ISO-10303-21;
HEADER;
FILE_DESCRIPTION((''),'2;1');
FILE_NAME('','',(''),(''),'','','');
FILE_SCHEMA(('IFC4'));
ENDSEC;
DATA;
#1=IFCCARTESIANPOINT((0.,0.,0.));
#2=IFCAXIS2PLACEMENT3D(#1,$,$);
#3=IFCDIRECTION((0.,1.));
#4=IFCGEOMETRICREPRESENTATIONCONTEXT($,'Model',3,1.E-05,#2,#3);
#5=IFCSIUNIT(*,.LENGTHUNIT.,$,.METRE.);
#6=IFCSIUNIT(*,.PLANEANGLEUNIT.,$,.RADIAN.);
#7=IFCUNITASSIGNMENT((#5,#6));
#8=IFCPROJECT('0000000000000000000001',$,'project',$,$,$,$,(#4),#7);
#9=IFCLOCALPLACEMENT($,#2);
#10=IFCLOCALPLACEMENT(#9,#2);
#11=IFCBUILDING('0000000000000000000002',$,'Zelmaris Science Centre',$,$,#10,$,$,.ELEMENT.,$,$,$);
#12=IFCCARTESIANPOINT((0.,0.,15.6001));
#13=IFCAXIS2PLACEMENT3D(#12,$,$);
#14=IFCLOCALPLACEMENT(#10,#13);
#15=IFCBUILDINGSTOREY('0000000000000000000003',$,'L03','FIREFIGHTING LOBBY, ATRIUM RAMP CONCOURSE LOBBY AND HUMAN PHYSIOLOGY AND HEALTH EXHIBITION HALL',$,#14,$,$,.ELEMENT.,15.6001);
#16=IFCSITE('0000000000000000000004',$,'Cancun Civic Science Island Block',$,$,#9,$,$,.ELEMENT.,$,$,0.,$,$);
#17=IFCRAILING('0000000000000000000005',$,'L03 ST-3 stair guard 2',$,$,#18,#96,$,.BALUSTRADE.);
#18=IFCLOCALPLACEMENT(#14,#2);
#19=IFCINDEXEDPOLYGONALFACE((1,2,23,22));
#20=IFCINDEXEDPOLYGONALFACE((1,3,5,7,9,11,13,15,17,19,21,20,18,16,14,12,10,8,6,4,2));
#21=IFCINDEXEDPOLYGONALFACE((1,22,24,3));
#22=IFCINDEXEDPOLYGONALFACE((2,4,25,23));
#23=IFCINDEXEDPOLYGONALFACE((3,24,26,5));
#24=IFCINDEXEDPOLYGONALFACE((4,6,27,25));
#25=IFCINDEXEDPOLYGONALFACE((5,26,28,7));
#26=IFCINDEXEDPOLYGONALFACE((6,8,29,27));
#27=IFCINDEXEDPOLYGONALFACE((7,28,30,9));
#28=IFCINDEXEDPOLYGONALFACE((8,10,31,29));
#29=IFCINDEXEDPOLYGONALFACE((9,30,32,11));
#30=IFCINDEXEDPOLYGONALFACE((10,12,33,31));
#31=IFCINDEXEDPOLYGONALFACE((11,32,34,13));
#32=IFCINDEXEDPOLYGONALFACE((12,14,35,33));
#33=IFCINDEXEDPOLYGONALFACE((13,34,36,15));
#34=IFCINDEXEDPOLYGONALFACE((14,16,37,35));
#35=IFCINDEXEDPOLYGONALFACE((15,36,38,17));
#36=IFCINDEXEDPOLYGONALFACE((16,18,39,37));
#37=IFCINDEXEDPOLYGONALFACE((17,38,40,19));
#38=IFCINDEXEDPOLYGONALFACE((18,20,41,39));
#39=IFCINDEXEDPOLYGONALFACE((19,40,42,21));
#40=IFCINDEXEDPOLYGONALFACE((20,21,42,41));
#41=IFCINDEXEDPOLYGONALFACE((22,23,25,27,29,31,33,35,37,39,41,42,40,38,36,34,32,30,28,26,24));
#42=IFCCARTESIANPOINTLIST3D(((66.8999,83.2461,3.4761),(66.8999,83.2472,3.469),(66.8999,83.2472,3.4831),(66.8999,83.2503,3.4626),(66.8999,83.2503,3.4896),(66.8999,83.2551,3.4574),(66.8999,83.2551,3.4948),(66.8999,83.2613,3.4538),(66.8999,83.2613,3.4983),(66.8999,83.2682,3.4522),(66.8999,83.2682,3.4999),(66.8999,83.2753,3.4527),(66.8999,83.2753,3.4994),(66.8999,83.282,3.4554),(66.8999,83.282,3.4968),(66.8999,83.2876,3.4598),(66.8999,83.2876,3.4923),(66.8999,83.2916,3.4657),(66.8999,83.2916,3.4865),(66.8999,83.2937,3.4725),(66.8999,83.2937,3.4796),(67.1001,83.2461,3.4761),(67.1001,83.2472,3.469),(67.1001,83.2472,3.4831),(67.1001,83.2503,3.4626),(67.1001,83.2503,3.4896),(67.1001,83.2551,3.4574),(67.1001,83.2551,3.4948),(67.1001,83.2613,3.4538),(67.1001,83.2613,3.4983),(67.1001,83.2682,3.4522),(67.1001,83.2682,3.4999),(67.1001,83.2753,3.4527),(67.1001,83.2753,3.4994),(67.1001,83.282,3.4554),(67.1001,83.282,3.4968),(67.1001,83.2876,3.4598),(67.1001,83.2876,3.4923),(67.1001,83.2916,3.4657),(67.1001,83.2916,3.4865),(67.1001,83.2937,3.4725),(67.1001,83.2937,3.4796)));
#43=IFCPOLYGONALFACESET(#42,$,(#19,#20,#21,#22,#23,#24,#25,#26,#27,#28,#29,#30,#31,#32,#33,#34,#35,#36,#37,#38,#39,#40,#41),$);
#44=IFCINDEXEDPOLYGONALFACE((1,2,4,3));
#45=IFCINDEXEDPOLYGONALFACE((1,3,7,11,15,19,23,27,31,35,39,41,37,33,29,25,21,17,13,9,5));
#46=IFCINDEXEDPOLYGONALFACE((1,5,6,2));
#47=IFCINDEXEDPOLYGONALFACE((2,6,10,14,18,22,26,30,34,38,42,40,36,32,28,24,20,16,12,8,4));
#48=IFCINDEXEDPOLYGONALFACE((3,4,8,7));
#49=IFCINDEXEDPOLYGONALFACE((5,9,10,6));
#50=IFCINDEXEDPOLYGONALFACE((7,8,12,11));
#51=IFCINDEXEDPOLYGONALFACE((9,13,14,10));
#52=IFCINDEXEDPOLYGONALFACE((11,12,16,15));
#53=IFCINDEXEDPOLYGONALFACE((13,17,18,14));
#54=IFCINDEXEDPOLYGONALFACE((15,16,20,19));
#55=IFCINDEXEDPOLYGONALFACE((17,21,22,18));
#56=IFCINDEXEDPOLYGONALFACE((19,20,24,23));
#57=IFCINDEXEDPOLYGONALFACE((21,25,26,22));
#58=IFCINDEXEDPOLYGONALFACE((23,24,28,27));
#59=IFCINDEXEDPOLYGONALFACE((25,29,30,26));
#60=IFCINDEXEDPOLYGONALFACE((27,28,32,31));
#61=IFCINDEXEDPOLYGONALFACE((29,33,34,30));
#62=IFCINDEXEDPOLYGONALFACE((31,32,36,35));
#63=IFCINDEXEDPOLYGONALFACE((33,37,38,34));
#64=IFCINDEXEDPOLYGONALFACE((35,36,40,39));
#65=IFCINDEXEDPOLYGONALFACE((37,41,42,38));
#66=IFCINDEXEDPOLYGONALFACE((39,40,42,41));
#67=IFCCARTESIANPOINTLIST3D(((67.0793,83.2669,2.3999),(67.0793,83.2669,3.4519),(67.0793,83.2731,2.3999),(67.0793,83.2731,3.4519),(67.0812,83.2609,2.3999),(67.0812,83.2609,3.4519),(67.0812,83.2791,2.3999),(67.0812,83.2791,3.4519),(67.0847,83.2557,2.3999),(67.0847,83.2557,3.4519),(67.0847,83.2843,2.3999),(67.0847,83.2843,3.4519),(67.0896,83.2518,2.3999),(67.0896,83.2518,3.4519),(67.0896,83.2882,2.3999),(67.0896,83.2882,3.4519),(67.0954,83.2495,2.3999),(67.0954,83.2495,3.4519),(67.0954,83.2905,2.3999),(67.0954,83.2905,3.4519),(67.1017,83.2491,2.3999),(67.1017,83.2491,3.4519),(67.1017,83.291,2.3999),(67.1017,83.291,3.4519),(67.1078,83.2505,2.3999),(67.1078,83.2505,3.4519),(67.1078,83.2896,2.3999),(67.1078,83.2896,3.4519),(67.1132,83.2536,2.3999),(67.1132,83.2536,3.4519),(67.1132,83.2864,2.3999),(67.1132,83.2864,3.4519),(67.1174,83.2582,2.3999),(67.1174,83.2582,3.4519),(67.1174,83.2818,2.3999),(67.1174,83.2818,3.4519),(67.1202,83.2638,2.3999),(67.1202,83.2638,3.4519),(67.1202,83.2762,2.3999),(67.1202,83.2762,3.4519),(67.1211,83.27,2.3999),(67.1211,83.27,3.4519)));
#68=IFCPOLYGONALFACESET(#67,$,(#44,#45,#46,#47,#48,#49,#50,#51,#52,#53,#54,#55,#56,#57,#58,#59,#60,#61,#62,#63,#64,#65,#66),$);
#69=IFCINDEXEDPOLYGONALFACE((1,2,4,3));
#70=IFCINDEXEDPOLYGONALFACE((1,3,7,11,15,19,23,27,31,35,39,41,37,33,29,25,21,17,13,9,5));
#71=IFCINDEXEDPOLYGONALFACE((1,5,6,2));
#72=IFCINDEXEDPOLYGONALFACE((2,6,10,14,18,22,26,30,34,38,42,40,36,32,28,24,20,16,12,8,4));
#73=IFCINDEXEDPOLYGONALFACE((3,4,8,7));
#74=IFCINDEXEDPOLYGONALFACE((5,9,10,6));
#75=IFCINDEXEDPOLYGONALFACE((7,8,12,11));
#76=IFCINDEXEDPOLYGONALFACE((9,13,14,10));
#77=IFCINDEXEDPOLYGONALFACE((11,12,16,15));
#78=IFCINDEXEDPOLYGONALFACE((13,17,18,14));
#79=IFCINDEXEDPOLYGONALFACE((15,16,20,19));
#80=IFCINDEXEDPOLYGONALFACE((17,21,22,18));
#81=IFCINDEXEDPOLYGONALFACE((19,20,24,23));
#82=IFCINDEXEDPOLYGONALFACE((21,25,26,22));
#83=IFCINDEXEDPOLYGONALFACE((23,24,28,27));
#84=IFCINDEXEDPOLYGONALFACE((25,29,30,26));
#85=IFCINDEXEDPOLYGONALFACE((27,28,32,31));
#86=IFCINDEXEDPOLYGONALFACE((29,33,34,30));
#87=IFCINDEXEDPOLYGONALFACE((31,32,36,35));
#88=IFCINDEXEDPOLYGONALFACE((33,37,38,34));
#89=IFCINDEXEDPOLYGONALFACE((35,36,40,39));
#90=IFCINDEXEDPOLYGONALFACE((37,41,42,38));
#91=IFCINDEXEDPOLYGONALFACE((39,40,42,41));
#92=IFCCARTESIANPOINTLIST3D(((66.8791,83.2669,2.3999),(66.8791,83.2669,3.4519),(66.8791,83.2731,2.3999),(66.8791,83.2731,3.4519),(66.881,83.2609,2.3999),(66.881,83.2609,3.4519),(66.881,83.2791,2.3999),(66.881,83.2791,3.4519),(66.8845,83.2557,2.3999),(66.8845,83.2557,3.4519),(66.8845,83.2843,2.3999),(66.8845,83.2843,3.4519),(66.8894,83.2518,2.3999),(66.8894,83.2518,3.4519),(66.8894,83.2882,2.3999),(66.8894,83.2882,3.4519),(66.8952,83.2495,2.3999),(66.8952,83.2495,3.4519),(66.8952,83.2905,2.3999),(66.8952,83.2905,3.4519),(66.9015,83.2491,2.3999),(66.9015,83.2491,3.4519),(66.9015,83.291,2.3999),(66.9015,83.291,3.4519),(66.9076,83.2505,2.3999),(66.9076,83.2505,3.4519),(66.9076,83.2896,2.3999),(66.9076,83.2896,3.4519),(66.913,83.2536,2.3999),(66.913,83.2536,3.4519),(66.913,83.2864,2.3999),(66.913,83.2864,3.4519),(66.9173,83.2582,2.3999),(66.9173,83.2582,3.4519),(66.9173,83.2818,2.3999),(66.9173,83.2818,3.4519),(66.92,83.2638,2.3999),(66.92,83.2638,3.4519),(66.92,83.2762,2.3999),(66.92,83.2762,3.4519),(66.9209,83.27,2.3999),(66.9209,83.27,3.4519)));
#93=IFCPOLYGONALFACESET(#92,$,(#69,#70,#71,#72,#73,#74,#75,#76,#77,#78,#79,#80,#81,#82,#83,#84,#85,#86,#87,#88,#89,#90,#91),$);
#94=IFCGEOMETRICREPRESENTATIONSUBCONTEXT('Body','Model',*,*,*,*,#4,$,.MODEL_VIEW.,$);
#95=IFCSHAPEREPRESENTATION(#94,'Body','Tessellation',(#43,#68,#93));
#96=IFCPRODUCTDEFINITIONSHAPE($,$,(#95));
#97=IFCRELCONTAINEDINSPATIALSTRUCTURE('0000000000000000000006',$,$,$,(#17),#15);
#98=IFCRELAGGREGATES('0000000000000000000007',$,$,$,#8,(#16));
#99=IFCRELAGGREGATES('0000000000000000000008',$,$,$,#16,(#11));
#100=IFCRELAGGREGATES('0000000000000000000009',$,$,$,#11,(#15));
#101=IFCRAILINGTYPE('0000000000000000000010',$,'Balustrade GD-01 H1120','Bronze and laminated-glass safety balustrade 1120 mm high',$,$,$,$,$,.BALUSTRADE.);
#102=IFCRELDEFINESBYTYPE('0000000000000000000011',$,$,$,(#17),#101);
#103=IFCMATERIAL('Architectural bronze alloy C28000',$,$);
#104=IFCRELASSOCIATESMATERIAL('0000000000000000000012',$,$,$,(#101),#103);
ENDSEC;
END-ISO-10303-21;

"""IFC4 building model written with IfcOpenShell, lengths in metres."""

from ifc_helpers import new_model, si_unit, direction, frame, origin, origin_2d, place, context, subcontext, project, spatial, circle, extrude, material, type_object, element, save


model = new_model("IFC4")

# Units and contexts
model_context = context("Model", 3, precision=1e-05, world=origin(), true_north=direction((0.0, 1.0)))
body_context = subcontext(model_context, "Body", "Model", "MODEL_VIEW")
ifc_project = project(units=[si_unit("LENGTHUNIT", "METRE"), si_unit("PLANEANGLEUNIT", "RADIAN")], contexts=[model_context])

# Site, building, storey
site_placement = place(None, origin())
site = spatial("IfcSite", under=ifc_project, at=site_placement, Name="Cancun Civic Science Island Block", CompositionType="ELEMENT", RefElevation=0.0)
building_placement = place(site_placement, origin())
building = spatial("IfcBuilding", under=site, at=building_placement, Name="Zelmaris Science Centre", CompositionType="ELEMENT")
storey_placement = place(building_placement, frame((0.0, 0.0, 15.6001)))
storey = spatial("IfcBuildingStorey", under=building, at=storey_placement, Name="L03", Description="FIREFIGHTING LOBBY, ATRIUM RAMP CONCOURSE LOBBY AND HUMAN PHYSIOLOGY AND HEALTH EXHIBITION HALL", CompositionType="ELEMENT", Elevation=15.6001)

# Railing
ifc_material_1 = material(Name="Architectural bronze alloy C28000")
railing_type_1 = type_object("IfcRailingType", Name="Balustrade GD-01 H1120", Description="Bronze and laminated-glass safety balustrade 1120 mm high", PredefinedType="BALUSTRADE", material=ifc_material_1)
railing_1_placement = place(storey_placement, frame((67.1001, 83.27, 2.3999)))
element("IfcRailing", 1, at=railing_1_placement, inside=storey, type_object=railing_type_1, Name="L03 ST-3 stair guard 2", PredefinedType="BALUSTRADE", context=body_context, shape_type="SweptSolid", body=[
    extrude(circle(Radius=0.0239, at=origin_2d()), frame((0.0, 0.0, 1.0762), z_axis=(-1.0, 0.0, 0.0), x_axis=(0.0, -1.0, 0.0)), (0.0, 0.0, 1.0), 0.2002),
    extrude(circle(Radius=0.021, at=origin_2d()), origin(), (0.0, 0.0, 1.0), 1.052),
    extrude(circle(Radius=0.021, at=origin_2d()), frame((-0.2002, 0.0, 0.0)), (0.0, 0.0, 1.0), 1.052),
])

save(model, "model.ifc")
